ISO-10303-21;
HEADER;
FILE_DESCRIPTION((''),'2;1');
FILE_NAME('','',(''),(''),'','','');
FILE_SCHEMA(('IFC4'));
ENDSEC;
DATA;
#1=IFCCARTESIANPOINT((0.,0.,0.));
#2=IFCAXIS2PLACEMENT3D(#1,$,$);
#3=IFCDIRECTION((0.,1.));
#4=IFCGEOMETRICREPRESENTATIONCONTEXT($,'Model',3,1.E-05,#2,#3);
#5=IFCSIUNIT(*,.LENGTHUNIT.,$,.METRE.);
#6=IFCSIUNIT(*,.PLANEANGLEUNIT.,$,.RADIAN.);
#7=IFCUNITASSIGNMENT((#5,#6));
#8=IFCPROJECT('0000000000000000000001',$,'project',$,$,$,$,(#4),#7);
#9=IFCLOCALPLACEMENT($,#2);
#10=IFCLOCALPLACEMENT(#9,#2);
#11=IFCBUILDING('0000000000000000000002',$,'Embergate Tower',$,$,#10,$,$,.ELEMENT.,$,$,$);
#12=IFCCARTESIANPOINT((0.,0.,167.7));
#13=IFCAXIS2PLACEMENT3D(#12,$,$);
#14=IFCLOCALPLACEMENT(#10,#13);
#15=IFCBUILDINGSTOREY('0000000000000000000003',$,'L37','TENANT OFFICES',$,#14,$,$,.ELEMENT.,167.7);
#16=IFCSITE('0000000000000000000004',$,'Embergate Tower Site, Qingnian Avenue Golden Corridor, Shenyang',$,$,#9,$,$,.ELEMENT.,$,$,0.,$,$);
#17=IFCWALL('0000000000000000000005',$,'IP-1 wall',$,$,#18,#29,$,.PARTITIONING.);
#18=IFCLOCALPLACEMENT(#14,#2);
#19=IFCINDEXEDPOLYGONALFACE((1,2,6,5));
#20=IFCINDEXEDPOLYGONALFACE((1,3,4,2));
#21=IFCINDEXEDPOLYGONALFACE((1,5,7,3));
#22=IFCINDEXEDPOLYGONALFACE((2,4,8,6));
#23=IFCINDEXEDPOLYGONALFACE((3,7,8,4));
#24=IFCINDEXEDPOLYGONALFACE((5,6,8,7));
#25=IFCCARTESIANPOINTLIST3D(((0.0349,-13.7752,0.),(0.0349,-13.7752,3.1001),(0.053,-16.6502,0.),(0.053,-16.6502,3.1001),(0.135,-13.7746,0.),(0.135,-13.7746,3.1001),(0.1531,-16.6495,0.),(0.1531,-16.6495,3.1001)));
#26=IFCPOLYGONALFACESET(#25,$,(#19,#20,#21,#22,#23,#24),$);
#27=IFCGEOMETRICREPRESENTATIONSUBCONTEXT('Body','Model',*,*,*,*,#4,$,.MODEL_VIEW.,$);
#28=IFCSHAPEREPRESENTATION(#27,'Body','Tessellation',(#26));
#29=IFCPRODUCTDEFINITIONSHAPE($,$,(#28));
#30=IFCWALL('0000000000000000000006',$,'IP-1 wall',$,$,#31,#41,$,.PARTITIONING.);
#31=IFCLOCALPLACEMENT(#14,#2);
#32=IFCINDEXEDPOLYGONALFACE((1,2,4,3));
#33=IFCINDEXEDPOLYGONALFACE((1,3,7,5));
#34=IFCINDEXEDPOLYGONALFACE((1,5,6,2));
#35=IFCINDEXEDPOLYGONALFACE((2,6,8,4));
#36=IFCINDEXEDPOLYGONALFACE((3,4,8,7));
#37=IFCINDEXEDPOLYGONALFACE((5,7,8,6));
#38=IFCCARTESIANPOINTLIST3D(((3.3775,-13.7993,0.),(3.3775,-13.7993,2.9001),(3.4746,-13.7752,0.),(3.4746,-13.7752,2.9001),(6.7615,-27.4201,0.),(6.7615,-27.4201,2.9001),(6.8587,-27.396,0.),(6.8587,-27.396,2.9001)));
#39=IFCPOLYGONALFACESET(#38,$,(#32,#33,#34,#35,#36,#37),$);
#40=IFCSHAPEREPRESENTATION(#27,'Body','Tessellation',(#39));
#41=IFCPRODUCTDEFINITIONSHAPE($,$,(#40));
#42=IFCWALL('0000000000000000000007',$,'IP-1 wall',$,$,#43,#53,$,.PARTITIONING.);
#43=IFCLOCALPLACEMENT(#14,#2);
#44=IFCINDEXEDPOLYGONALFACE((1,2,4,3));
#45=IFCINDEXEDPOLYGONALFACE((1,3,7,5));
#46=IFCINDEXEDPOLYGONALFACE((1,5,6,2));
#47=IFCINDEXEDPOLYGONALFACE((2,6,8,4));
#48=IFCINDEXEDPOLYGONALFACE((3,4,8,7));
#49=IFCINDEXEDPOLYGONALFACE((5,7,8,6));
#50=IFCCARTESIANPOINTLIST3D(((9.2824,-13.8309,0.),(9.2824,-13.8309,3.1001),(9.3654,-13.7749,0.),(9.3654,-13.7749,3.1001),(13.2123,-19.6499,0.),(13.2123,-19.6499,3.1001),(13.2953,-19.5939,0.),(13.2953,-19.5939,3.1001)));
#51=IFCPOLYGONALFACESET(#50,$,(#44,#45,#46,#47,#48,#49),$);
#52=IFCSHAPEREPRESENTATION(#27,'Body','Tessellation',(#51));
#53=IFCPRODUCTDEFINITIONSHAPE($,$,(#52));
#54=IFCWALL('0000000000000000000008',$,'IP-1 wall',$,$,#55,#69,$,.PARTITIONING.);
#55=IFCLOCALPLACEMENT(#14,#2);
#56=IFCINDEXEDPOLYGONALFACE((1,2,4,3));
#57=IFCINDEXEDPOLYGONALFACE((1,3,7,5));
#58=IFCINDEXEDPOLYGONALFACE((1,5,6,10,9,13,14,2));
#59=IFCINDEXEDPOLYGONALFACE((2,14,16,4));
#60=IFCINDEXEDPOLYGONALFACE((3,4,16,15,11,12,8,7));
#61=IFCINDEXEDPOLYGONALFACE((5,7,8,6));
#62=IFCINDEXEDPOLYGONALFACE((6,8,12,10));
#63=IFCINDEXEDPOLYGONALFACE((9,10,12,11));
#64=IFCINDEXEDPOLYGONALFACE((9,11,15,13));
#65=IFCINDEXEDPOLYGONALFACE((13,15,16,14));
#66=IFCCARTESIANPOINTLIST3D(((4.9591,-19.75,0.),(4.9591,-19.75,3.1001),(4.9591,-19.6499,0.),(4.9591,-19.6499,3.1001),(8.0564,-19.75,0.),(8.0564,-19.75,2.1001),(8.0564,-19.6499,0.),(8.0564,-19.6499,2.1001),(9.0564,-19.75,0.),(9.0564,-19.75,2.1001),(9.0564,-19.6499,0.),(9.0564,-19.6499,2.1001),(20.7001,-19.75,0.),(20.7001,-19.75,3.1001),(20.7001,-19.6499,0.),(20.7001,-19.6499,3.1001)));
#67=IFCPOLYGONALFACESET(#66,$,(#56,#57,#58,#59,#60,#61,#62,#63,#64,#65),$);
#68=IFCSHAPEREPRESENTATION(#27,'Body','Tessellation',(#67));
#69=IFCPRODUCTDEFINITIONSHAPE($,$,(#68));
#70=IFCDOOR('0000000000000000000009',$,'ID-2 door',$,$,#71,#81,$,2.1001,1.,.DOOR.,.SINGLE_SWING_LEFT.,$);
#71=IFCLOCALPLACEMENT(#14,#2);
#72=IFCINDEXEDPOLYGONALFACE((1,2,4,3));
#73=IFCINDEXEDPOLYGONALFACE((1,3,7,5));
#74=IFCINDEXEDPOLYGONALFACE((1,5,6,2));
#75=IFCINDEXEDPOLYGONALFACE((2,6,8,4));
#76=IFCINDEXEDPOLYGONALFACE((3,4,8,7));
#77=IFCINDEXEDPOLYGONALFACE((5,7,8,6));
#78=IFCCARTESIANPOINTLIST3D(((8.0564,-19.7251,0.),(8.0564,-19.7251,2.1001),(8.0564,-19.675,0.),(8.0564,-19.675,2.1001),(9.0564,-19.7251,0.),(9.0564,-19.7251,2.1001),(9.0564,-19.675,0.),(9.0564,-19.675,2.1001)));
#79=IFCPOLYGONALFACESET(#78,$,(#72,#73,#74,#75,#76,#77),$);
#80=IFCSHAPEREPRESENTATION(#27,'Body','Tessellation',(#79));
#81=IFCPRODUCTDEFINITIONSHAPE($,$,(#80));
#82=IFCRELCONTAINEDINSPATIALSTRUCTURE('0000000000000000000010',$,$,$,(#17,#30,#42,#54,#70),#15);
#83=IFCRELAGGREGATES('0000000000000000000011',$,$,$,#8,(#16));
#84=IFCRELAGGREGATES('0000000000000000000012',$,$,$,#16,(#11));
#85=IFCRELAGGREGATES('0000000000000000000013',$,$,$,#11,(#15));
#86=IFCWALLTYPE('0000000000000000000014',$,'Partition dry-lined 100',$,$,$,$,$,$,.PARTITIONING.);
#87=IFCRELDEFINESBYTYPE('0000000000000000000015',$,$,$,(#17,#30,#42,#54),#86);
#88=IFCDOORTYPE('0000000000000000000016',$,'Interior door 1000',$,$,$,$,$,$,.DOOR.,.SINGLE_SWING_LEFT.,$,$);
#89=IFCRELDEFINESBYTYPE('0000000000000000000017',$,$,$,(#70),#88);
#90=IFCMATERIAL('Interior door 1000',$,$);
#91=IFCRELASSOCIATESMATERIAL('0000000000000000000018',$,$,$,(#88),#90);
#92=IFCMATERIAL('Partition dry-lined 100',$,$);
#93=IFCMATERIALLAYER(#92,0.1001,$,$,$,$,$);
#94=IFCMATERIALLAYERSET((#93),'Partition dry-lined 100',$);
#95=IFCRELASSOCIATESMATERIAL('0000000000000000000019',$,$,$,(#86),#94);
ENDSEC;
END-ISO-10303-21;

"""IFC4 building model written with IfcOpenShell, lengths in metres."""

from ifc_helpers import new_model, si_unit, direction, frame, frame_2d, origin, place, context, subcontext, project, spatial, rectangle, extrude, source, transform, mapped, material, layer, layer_set, type_object, element, fill, save


model = new_model("IFC4")

# Units and contexts
model_context = context("Model", 3, precision=1e-05, world=origin(), true_north=direction((0.0, 1.0)))
body_context = subcontext(model_context, "Body", "Model", "MODEL_VIEW")
ifc_project = project(units=[si_unit("LENGTHUNIT", "METRE"), si_unit("PLANEANGLEUNIT", "RADIAN")], contexts=[model_context])

# Site, building, storey
site_placement = place(None, origin())
site = spatial("IfcSite", under=ifc_project, at=site_placement, Name="Embergate Tower Site, Qingnian Avenue Golden Corridor, Shenyang", CompositionType="ELEMENT", RefElevation=0.0)
building_placement = place(site_placement, origin())
building = spatial("IfcBuilding", under=site, at=building_placement, Name="Embergate Tower", CompositionType="ELEMENT")
storey_placement = place(building_placement, frame((0.0, 0.0, 167.7)))
storey = spatial("IfcBuildingStorey", under=building, at=storey_placement, Name="L37", Description="TENANT OFFICES", CompositionType="ELEMENT", Elevation=167.7)

# Shared definitions
shared_shape_1 = source(origin(), body_context, "Body", "SweptSolid", [
    extrude(rectangle(XDim=1.0, YDim=2.1001, at=frame_2d((0.5, 1.05))), frame((0.0, 0.0249, 0.0), z_axis=(0.0, -1.0, 0.0), x_axis=(1.0, 0.0, 0.0)), (0.0, 0.0, 1.0), 0.05),
])
ifc_material_1 = material(Name="Interior door 1000")
door_type_1 = type_object("IfcDoorType", Name="Interior door 1000", OperationType="SINGLE_SWING_LEFT", PredefinedType="DOOR", material=ifc_material_1)

# Shared definitions
ifc_material_2 = material(Name="Partition dry-lined 100")
ifc_layer_1 = layer(ifc_material_2, 0.1001)
ifc_layer_set_1 = layer_set([ifc_layer_1], Name="Partition dry-lined 100")
wall_type_1 = type_object("IfcWallType", Name="Partition dry-lined 100", PredefinedType="PARTITIONING", material=ifc_layer_set_1)
shared_shape_2 = source(origin(), body_context, "Body", "SweptSolid", [
    extrude(rectangle(XDim=1.0, YDim=2.1001, at=frame_2d((0.5, 1.05))), frame((0.0, 0.0601, 0.0), z_axis=(0.0, -1.0, 0.0), x_axis=(1.0, 0.0, 0.0)), (0.0, 0.0, 1.0), 0.1201),
])

# Walls
shared_shape_3 = source(origin(), body_context, "Body", "SweptSolid", [
    extrude(rectangle(XDim=2.875, YDim=0.1001, at=frame_2d((1.4375, 0.0))), origin(), (0.0, 0.0, 1.0), 3.1001),
])
wall_1_placement = place(storey_placement, frame((0.085, -13.7749, 0.0), z_axis=(0.0, 0.0, 1.0), x_axis=(0.006284, -0.99998, 0.0)))
element("IfcWall", 1, at=wall_1_placement, inside=storey, type_object=wall_type_1, Name="IP-1 wall", PredefinedType="PARTITIONING", context=body_context, shape_type="MappedRepresentation", body=[
    mapped(shared_shape_3, transform((0.0, 0.0, 0.0))),
])
shared_shape_4 = source(origin(), body_context, "Body", "SweptSolid", [
    extrude(rectangle(XDim=14.0349, YDim=0.1001, at=frame_2d((7.0176, 0.0))), origin(), (0.0, 0.0, 1.0), 2.9001),
])
wall_2_placement = place(storey_placement, frame((3.426, -13.7871, 0.0), z_axis=(0.0, 0.0, 1.0), x_axis=(0.241115, -0.970497, 0.0)))
element("IfcWall", 2, at=wall_2_placement, inside=storey, type_object=wall_type_1, Name="IP-1 wall", PredefinedType="PARTITIONING", context=body_context, shape_type="MappedRepresentation", body=[
    mapped(shared_shape_4, transform((0.0, 0.0, 0.0))),
])
shared_shape_5 = source(origin(), body_context, "Body", "SweptSolid", [
    extrude(rectangle(XDim=7.0217, YDim=0.1001, at=frame_2d((3.5107, 0.0))), origin(), (0.0, 0.0, 1.0), 3.1001),
])
wall_3_placement = place(storey_placement, frame((9.324, -13.803, 0.0), z_axis=(0.0, 0.0, 1.0), x_axis=(0.559673, -0.828714, 0.0)))
element("IfcWall", 3, at=wall_3_placement, inside=storey, type_object=wall_type_1, Name="IP-1 wall", PredefinedType="PARTITIONING", context=body_context, shape_type="MappedRepresentation", body=[
    mapped(shared_shape_5, transform((0.0, 0.0, 0.0))),
])

# Wall, opening, door
shared_shape_6 = source(origin(), body_context, "Body", "SweptSolid", [
    extrude(rectangle(XDim=15.741, YDim=0.1001, at=frame_2d((7.8706, 0.0))), origin(), (0.0, 0.0, 1.0), 3.1001),
])
wall_4_placement = place(storey_placement, frame((4.959, -19.7, 0.0), z_axis=(0.0, 0.0, 1.0), x_axis=(1.0, 0.0, 0.0)))
wall_4 = element("IfcWall", 4, at=wall_4_placement, inside=storey, type_object=wall_type_1, Name="IP-1 wall", PredefinedType="PARTITIONING", context=body_context, shape_type="MappedRepresentation", body=[
    mapped(shared_shape_6, transform((0.0, 0.0, 0.0))),
])
opening_1_placement = place(wall_4_placement, frame((3.0974, 0.0, 0.0)))
opening_1 = element("IfcOpeningElement", 5, at=opening_1_placement, cuts=wall_4, PredefinedType="OPENING", context=body_context, shape_type="MappedRepresentation", body=[
    mapped(shared_shape_2, transform((0.0, 0.0, 0.0))),
])
door_1_placement = place(opening_1_placement, origin())
door_1 = element("IfcDoor", 6, at=door_1_placement, inside=storey, type_object=door_type_1, Name="ID-2 door", OperationType="SINGLE_SWING_LEFT", OverallHeight=2.1001, OverallWidth=1.0, PredefinedType="DOOR", context=body_context, shape_type="MappedRepresentation", body=[
    mapped(shared_shape_1, transform((0.0, 0.0, 0.0))),
])
fill(opening_1, door_1)

save(model, "model.ifc")
